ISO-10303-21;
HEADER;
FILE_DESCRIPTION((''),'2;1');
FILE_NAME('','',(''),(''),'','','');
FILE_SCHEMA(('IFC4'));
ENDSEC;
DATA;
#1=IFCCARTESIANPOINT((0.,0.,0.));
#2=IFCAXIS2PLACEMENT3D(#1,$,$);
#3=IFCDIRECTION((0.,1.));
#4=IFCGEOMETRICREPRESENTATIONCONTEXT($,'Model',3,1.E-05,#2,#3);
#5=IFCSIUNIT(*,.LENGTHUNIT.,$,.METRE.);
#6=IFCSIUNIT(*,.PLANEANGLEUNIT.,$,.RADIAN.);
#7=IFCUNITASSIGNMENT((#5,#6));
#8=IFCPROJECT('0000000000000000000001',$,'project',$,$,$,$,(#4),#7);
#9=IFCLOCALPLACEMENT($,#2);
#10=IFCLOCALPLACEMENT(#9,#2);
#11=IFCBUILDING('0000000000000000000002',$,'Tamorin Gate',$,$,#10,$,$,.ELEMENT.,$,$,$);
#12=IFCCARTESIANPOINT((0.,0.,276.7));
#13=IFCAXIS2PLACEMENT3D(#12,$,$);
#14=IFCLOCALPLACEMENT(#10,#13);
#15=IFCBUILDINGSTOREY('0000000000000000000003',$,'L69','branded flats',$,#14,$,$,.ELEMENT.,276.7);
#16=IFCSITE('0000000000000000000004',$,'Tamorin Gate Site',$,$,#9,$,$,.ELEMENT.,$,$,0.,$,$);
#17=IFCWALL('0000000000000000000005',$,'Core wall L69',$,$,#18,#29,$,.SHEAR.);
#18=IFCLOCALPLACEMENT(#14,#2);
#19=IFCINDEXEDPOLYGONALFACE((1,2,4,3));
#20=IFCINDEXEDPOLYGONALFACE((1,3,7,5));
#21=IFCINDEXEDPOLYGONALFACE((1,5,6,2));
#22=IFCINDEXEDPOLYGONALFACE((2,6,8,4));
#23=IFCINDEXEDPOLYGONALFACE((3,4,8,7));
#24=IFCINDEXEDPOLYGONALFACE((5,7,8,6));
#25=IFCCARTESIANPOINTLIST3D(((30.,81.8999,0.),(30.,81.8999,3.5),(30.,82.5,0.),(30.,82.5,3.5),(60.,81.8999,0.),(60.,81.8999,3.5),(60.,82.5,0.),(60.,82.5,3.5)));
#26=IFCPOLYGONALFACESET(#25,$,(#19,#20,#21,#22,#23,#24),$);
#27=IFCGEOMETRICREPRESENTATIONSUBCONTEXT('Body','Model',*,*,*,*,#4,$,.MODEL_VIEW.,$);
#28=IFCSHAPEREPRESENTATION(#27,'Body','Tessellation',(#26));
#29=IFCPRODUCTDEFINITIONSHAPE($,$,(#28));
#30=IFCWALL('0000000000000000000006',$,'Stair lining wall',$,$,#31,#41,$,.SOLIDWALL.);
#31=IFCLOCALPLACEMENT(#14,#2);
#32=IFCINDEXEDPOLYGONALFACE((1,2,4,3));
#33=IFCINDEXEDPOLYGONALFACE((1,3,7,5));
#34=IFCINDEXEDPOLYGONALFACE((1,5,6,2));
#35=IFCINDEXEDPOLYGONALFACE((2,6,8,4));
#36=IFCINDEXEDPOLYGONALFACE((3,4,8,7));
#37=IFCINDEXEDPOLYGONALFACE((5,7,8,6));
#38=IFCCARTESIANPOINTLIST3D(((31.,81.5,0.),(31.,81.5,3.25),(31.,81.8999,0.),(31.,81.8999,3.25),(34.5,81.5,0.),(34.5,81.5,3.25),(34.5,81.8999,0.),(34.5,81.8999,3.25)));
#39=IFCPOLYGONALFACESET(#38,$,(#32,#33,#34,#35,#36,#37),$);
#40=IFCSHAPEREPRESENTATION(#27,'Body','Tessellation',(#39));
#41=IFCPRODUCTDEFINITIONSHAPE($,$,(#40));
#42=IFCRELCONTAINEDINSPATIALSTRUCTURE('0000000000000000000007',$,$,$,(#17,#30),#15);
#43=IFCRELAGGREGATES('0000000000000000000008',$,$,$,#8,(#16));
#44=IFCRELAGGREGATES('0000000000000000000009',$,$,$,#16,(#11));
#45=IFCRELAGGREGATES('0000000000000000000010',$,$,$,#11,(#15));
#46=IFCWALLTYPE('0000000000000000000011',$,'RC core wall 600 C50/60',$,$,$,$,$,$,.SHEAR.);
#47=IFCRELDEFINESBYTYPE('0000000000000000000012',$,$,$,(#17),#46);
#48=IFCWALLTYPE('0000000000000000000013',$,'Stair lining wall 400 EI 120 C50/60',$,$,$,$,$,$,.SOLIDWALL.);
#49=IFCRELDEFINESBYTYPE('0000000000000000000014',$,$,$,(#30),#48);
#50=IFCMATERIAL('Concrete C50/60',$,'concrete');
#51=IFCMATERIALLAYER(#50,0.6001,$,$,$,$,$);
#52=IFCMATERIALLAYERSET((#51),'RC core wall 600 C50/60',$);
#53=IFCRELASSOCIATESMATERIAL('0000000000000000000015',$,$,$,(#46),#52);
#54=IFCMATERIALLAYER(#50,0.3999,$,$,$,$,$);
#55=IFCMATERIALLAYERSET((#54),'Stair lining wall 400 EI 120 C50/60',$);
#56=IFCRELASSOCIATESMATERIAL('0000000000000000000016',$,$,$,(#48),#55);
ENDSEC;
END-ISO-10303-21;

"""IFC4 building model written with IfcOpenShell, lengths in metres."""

from ifc_helpers import new_model, si_unit, direction, frame, frame_2d, origin, place, context, subcontext, project, spatial, rectangle, extrude, material, layer, layer_set, type_object, element, save


model = new_model("IFC4")

# Units and contexts
model_context = context("Model", 3, precision=1e-05, world=origin(), true_north=direction((0.0, 1.0)))
body_context = subcontext(model_context, "Body", "Model", "MODEL_VIEW")
ifc_project = project(units=[si_unit("LENGTHUNIT", "METRE"), si_unit("PLANEANGLEUNIT", "RADIAN")], contexts=[model_context])

# Site, building, storey
site_placement = place(None, origin())
site = spatial("IfcSite", under=ifc_project, at=site_placement, Name="Tamorin Gate Site", CompositionType="ELEMENT", RefElevation=0.0)
building_placement = place(site_placement, origin())
building = spatial("IfcBuilding", under=site, at=building_placement, Name="Tamorin Gate", CompositionType="ELEMENT")
storey_placement = place(building_placement, frame((0.0, 0.0, 276.7)))
storey = spatial("IfcBuildingStorey", under=building, at=storey_placement, Name="L69", Description="branded flats", CompositionType="ELEMENT", Elevation=276.7)

# Shared definitions
ifc_material_1 = material(Name="Concrete C50/60", Category="concrete")

# Walls
ifc_layer_1 = layer(ifc_material_1, 0.6001)
ifc_layer_set_1 = layer_set([ifc_layer_1], Name="RC core wall 600 C50/60")
wall_type_1 = type_object("IfcWallType", Name="RC core wall 600 C50/60", PredefinedType="SHEAR", material=ifc_layer_set_1)
wall_1_placement = place(storey_placement, frame((30.0, 82.2, 0.0), z_axis=(0.0, 0.0, 1.0), x_axis=(1.0, 0.0, 0.0)))
element("IfcWall", 1, at=wall_1_placement, inside=storey, type_object=wall_type_1, Name="Core wall L69", PredefinedType="SHEAR", context=body_context, shape_type="SweptSolid", body=[
    extrude(rectangle(XDim=30.0, YDim=0.6001, at=frame_2d((15.0, 0.0))), origin(), (0.0, 0.0, 1.0), 3.5),
])
ifc_layer_2 = layer(ifc_material_1, 0.3999)
ifc_layer_set_2 = layer_set([ifc_layer_2], Name="Stair lining wall 400 EI 120 C50/60")
wall_type_2 = type_object("IfcWallType", Name="Stair lining wall 400 EI 120 C50/60", PredefinedType="SOLIDWALL", material=ifc_layer_set_2)
wall_2_placement = place(storey_placement, frame((31.0, 81.7, 0.0), z_axis=(0.0, 0.0, 1.0), x_axis=(1.0, 0.0, 0.0)))
element("IfcWall", 2, at=wall_2_placement, inside=storey, type_object=wall_type_2, Name="Stair lining wall", PredefinedType="SOLIDWALL", context=body_context, shape_type="SweptSolid", body=[
    extrude(rectangle(XDim=3.5, YDim=0.3999, at=frame_2d((1.75, 0.0))), origin(), (0.0, 0.0, 1.0), 3.25),
])

save(model, "model.ifc")
